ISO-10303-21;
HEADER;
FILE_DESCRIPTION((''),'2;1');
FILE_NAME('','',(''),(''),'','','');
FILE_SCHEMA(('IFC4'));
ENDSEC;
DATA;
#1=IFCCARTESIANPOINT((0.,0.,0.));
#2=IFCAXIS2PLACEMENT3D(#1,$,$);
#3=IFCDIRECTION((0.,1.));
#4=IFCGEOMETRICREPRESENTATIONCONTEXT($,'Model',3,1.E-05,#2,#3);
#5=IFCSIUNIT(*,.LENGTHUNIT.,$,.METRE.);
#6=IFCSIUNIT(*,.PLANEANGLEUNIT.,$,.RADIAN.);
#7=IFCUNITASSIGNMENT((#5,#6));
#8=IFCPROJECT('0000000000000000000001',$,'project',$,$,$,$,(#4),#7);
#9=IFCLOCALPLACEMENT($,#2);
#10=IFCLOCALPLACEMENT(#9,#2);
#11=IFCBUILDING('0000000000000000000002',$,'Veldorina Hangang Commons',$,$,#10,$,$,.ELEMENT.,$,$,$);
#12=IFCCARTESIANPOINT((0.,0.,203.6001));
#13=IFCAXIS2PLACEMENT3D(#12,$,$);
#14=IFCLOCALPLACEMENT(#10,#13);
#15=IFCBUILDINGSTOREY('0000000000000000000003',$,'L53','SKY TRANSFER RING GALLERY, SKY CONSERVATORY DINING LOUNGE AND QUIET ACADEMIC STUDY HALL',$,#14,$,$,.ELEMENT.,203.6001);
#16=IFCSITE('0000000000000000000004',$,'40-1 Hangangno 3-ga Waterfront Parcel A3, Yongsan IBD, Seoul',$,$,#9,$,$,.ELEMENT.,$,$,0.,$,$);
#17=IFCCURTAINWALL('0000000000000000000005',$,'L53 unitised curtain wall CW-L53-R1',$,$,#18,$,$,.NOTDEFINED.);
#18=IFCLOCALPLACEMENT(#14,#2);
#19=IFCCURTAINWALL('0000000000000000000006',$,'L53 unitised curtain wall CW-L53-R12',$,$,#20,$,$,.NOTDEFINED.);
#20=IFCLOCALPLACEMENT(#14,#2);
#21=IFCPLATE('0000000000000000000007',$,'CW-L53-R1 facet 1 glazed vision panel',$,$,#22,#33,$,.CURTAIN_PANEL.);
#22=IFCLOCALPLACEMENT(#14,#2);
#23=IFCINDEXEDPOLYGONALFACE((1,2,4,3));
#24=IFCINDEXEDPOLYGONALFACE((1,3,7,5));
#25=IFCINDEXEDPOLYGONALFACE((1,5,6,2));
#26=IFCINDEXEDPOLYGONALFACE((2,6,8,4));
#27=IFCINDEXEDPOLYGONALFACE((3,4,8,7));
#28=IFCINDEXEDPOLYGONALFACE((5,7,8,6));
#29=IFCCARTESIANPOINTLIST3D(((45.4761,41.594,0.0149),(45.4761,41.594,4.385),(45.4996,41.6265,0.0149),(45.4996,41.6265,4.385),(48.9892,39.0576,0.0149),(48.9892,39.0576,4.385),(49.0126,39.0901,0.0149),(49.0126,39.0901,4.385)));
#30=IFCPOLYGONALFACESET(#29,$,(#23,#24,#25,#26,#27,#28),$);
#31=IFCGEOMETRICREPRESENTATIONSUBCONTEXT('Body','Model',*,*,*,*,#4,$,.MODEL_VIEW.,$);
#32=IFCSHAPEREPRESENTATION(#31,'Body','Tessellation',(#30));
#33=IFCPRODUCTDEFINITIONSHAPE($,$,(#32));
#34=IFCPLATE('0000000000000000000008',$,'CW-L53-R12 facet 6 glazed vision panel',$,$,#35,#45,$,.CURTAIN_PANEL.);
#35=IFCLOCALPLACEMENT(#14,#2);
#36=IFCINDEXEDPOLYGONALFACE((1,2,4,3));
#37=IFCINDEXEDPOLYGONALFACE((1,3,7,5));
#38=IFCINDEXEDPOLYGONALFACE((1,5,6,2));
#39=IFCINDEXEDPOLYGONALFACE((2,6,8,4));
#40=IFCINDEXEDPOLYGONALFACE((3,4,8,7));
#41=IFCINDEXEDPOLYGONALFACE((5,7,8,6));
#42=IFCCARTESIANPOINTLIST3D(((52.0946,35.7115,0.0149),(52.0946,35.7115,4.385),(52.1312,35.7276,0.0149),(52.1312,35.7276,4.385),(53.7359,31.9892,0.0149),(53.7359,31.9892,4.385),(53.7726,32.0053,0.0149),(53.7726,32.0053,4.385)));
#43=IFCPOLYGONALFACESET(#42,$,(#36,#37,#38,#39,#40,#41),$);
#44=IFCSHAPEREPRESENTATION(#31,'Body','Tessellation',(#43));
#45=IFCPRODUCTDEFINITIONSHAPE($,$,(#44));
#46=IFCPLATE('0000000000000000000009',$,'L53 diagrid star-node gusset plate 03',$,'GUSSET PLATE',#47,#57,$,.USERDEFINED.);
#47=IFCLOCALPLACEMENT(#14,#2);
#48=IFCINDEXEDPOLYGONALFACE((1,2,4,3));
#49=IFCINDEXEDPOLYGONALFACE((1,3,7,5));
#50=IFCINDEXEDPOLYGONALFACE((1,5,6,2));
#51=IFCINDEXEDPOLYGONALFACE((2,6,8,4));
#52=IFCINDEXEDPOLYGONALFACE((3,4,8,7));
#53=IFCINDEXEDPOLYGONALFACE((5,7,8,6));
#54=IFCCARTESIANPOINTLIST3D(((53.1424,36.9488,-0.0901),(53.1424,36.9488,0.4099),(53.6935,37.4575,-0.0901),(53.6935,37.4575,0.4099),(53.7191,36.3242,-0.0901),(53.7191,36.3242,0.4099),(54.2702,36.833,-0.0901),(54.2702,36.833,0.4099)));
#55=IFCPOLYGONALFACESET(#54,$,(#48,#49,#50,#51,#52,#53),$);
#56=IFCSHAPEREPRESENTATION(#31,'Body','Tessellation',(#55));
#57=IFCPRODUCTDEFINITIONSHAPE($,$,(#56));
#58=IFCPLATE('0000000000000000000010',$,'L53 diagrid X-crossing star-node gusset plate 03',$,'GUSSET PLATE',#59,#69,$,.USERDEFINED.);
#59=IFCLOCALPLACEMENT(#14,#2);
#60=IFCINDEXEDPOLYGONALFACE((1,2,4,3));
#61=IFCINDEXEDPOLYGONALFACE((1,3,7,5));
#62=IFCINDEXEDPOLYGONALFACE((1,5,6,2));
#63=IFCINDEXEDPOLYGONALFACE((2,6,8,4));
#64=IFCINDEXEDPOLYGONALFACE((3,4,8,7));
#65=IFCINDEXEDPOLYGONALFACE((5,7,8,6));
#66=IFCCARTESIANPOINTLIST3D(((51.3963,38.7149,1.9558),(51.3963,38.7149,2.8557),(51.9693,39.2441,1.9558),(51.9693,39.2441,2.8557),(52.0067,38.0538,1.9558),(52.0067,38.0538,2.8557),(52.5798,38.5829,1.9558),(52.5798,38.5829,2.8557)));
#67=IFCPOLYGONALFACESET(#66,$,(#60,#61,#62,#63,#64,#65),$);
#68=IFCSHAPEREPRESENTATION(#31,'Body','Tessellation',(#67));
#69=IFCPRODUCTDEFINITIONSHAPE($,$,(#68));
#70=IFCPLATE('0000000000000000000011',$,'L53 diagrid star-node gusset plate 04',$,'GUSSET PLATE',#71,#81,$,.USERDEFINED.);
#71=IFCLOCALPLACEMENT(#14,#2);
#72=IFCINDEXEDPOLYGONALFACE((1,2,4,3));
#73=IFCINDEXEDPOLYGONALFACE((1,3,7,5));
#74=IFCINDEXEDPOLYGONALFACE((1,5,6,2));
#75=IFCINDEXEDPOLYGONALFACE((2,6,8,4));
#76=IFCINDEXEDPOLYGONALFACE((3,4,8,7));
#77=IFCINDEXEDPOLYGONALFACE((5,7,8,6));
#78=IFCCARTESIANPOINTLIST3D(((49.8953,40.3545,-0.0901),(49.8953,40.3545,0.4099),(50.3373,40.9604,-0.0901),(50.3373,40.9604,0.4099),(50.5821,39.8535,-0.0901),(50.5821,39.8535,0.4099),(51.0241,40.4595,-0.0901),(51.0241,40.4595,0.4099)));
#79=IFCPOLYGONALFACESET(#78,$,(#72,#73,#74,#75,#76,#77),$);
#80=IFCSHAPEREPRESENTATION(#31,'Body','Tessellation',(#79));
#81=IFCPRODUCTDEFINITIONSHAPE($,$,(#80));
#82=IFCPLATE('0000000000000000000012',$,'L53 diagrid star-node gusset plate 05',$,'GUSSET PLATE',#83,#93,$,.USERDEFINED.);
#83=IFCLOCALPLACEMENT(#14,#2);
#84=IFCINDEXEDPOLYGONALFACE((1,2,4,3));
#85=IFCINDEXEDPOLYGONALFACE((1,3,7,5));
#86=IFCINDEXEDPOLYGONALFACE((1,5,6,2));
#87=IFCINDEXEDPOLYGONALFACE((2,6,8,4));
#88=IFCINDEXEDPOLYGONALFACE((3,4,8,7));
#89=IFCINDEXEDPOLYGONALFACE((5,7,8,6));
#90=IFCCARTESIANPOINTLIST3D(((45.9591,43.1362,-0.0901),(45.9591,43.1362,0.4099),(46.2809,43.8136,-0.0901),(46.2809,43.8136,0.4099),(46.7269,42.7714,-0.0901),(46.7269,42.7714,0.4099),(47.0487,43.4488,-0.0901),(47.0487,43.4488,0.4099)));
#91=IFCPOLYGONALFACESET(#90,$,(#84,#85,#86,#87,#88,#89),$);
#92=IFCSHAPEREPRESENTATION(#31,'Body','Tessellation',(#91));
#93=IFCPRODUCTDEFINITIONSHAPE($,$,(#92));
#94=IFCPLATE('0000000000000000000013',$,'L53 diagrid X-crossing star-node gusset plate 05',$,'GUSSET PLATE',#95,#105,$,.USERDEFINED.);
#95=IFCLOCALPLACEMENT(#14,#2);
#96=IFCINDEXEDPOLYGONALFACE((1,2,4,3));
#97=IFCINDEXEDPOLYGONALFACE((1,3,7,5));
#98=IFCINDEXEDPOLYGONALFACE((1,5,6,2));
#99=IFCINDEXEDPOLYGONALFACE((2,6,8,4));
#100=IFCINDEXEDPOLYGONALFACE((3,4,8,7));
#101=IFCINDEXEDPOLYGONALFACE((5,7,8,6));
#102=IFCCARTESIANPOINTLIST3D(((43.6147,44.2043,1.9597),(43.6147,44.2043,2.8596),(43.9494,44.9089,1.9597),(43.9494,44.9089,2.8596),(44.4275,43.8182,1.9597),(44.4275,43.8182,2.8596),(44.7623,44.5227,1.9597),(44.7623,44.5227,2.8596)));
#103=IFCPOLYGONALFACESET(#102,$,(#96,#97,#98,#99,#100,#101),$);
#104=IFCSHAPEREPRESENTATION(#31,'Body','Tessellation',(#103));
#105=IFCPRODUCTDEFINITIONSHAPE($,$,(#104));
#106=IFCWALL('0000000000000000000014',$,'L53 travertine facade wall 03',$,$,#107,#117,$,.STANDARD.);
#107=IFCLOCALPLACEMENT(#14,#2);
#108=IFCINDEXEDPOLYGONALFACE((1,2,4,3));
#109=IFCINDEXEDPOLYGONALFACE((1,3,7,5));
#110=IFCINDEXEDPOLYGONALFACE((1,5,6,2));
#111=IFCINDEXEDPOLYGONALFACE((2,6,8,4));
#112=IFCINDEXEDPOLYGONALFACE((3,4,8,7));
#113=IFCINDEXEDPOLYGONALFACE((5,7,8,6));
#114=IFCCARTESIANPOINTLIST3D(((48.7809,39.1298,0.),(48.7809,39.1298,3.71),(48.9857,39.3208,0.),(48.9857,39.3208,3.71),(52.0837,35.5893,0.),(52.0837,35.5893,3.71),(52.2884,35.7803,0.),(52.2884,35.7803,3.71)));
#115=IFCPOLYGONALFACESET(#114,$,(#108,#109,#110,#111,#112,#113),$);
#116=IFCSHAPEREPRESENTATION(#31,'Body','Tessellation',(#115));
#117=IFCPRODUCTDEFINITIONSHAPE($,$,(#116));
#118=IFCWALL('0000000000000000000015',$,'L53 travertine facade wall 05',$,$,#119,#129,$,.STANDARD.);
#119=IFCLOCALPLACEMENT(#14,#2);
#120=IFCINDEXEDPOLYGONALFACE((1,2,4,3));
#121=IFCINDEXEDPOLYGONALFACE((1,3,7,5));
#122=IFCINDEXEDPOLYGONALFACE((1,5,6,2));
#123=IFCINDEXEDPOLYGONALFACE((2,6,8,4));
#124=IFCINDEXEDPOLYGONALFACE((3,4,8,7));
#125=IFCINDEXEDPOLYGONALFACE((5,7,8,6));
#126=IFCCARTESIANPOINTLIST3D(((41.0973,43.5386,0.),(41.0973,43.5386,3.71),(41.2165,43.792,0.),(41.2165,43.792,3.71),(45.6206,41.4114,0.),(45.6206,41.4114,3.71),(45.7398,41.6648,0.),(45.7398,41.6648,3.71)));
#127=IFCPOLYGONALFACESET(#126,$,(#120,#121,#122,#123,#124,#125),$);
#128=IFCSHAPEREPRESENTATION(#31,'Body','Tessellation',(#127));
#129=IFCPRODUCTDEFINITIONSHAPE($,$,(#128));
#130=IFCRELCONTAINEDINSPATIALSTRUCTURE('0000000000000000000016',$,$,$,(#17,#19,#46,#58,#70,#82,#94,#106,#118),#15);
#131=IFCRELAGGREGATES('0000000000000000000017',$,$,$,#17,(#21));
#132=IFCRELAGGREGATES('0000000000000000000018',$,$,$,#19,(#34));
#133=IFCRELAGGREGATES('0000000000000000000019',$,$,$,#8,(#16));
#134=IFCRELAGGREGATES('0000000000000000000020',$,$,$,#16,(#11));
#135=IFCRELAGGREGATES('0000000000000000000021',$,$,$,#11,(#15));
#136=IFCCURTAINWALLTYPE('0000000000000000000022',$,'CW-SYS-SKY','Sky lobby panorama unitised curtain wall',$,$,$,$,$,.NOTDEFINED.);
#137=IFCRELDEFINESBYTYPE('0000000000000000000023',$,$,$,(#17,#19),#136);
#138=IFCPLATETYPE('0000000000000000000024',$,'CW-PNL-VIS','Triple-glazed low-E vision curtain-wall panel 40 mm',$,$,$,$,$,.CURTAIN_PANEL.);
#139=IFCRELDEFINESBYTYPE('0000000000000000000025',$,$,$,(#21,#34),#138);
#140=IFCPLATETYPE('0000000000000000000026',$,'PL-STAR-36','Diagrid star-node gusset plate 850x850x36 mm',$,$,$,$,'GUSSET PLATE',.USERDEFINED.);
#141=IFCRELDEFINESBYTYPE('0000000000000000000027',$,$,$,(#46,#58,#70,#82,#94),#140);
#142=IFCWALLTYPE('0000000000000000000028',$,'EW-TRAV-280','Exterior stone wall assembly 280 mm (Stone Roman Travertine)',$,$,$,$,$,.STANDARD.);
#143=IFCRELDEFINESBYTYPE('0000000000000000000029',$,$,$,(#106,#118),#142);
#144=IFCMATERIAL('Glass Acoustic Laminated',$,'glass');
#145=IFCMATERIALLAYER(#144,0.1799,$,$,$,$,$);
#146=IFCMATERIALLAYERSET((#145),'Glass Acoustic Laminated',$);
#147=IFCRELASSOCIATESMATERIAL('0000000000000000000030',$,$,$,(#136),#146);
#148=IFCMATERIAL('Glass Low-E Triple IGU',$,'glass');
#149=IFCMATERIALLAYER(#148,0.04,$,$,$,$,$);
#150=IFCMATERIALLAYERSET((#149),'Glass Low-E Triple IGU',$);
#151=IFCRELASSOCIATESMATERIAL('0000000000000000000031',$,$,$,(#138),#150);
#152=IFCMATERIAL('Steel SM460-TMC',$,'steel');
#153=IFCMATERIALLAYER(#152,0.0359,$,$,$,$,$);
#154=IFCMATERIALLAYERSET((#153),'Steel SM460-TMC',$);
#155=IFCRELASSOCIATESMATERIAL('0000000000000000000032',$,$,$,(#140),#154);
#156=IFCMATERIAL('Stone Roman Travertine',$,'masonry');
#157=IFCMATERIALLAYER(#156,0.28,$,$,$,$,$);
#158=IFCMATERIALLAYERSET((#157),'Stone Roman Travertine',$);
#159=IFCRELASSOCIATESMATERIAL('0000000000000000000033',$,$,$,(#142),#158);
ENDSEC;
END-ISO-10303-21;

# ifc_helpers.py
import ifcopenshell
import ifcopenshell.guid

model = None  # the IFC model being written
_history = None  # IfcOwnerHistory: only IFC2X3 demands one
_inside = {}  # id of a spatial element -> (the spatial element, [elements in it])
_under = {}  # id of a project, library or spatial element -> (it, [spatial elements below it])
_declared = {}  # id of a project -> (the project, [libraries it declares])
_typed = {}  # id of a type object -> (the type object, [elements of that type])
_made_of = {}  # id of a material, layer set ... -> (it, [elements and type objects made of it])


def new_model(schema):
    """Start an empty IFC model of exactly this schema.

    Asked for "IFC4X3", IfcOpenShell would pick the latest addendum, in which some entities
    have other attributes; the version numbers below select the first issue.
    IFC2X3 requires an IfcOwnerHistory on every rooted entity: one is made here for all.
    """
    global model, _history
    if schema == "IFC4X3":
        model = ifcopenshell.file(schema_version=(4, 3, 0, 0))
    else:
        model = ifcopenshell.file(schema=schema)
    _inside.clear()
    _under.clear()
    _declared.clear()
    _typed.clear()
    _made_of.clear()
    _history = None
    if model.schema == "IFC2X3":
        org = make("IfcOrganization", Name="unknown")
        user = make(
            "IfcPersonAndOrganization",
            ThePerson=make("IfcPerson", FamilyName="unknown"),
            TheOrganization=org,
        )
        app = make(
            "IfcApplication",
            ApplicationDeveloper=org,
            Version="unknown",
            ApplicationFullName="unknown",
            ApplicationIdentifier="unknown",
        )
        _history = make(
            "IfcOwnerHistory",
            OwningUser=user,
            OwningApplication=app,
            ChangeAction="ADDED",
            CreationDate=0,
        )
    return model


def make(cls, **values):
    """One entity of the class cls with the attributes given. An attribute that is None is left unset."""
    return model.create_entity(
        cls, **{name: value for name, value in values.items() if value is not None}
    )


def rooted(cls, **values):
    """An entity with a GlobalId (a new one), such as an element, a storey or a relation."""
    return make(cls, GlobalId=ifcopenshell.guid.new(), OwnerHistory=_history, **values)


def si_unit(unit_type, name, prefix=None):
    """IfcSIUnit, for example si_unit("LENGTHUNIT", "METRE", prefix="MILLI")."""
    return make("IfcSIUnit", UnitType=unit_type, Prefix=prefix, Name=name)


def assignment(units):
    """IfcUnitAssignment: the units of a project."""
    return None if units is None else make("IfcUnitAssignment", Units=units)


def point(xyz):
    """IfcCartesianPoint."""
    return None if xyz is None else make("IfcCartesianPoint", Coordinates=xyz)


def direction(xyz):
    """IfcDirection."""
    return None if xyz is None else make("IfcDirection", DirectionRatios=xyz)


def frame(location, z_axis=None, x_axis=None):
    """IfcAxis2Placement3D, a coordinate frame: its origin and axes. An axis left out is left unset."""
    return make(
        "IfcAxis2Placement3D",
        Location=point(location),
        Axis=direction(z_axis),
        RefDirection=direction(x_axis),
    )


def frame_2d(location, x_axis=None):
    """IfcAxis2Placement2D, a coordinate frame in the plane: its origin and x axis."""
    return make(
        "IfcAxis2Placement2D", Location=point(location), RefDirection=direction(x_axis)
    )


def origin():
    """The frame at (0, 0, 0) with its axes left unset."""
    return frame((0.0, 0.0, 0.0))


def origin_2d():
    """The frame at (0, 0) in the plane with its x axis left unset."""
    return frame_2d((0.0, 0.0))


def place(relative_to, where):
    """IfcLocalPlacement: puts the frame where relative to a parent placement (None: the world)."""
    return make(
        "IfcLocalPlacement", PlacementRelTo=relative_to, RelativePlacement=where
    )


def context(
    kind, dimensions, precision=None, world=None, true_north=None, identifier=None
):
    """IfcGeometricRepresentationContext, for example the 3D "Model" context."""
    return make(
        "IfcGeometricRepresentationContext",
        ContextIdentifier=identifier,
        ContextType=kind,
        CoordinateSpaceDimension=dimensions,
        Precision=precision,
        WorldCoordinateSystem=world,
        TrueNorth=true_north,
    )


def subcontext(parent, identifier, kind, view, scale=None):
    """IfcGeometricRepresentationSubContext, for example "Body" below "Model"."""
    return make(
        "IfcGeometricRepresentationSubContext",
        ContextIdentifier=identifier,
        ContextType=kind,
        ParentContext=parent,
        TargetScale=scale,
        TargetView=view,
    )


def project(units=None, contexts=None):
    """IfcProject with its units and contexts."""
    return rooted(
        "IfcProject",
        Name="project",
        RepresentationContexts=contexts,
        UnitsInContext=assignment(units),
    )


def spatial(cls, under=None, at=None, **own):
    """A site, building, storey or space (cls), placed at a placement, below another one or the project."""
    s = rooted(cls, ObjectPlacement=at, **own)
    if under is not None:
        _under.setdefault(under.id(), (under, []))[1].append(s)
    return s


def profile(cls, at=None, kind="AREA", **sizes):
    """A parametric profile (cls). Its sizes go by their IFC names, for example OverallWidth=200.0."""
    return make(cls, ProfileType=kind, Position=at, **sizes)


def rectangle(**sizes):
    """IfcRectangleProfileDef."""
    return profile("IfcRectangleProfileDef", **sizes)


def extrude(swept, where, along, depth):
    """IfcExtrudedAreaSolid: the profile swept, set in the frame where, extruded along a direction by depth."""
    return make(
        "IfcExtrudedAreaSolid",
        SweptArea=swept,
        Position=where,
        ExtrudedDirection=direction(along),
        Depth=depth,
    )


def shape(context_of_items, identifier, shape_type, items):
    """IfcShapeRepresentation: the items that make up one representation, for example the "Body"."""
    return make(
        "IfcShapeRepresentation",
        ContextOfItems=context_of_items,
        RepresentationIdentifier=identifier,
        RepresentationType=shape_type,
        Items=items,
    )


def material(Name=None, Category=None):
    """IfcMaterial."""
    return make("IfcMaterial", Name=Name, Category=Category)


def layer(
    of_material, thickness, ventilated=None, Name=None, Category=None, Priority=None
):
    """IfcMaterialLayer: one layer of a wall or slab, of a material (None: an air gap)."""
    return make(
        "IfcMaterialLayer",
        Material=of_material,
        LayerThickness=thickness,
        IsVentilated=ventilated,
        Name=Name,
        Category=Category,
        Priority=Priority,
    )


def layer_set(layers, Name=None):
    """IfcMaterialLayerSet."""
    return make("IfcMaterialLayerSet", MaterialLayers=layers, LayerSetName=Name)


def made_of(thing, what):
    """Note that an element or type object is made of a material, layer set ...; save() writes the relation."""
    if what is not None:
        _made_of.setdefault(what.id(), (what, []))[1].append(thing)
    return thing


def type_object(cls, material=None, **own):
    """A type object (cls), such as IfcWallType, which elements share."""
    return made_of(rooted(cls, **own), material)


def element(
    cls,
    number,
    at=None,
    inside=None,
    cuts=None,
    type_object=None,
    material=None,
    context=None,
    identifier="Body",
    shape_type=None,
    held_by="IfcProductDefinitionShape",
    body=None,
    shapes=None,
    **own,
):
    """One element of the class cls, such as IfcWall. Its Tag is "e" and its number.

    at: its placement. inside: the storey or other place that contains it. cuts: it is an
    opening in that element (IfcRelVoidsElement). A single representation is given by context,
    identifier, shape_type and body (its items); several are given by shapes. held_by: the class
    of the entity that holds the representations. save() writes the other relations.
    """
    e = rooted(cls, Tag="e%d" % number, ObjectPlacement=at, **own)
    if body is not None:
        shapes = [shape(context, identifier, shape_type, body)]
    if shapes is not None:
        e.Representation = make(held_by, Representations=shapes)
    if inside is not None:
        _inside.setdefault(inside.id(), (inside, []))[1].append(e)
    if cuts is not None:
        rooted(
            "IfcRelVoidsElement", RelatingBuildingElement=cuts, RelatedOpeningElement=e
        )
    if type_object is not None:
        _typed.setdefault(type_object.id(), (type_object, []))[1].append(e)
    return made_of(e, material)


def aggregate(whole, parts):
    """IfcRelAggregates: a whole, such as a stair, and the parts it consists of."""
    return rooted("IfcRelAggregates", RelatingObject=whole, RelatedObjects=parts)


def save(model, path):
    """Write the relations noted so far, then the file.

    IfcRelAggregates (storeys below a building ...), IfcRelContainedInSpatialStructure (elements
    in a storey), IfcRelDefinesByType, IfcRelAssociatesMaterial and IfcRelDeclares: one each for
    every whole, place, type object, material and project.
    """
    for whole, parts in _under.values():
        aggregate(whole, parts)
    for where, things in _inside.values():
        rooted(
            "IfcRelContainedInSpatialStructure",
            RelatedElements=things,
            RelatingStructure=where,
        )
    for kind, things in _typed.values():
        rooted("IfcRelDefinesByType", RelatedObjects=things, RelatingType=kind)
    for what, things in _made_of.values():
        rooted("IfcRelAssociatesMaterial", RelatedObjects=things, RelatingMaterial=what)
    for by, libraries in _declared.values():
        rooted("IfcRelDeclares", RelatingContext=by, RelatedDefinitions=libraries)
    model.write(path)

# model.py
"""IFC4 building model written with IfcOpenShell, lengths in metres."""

from ifc_helpers import new_model, si_unit, direction, frame, frame_2d, origin, origin_2d, place, context, subcontext, project, spatial, rectangle, extrude, material, layer, layer_set, type_object, element, aggregate, save


model = new_model("IFC4")

# Units and contexts
model_context = context("Model", 3, precision=1e-05, world=origin(), true_north=direction((0.0, 1.0)))
body_context = subcontext(model_context, "Body", "Model", "MODEL_VIEW")
ifc_project = project(units=[si_unit("LENGTHUNIT", "METRE"), si_unit("PLANEANGLEUNIT", "RADIAN")], contexts=[model_context])

# Site, building, storey
site_placement = place(None, origin())
site = spatial("IfcSite", under=ifc_project, at=site_placement, Name="40-1 Hangangno 3-ga Waterfront Parcel A3, Yongsan IBD, Seoul", CompositionType="ELEMENT", RefElevation=0.0)
building_placement = place(site_placement, origin())
building = spatial("IfcBuilding", under=site, at=building_placement, Name="Veldorina Hangang Commons", CompositionType="ELEMENT")
storey_placement = place(building_placement, frame((0.0, 0.0, 203.6001)))
storey = spatial("IfcBuildingStorey", under=building, at=storey_placement, Name="L53", Description="SKY TRANSFER RING GALLERY, SKY CONSERVATORY DINING LOUNGE AND QUIET ACADEMIC STUDY HALL", CompositionType="ELEMENT", Elevation=203.6001)

# Curtain wall
ifc_material_1 = material(Name="Glass Acoustic Laminated", Category="glass")
ifc_layer_1 = layer(ifc_material_1, 0.1799)
ifc_layer_set_1 = layer_set([ifc_layer_1], Name="Glass Acoustic Laminated")
curtain_wall_type = type_object("IfcCurtainWallType", Name="CW-SYS-SKY", Description="Sky lobby panorama unitised curtain wall", PredefinedType="NOTDEFINED", material=ifc_layer_set_1)
curtain_wall_1_placement = place(storey_placement, origin())
curtain_wall_1 = element("IfcCurtainWall", 1, at=curtain_wall_1_placement, inside=storey, type_object=curtain_wall_type, Name="L53 unitised curtain wall CW-L53-R1", PredefinedType="NOTDEFINED")

# Curtain wall
curtain_wall_2_placement = place(storey_placement, origin())
curtain_wall_2 = element("IfcCurtainWall", 2, at=curtain_wall_2_placement, inside=storey, type_object=curtain_wall_type, Name="L53 unitised curtain wall CW-L53-R12", PredefinedType="NOTDEFINED")

# Shared definitions
ifc_material_2 = material(Name="Steel SM460-TMC", Category="steel")

# Plates
ifc_material_3 = material(Name="Glass Low-E Triple IGU", Category="glass")
ifc_layer_2 = layer(ifc_material_3, 0.04)
ifc_layer_set_2 = layer_set([ifc_layer_2], Name="Glass Low-E Triple IGU")
plate_type_1 = type_object("IfcPlateType", Name="CW-PNL-VIS", Description="Triple-glazed low-E vision curtain-wall panel 40 mm", PredefinedType="CURTAIN_PANEL", material=ifc_layer_set_2)
plate_1_placement = place(storey_placement, frame((47.2444, 40.342, 0.0149), z_axis=(0.0, 0.0, 1.0), x_axis=(-0.810768, 0.585368, 0.0)))
plate_1 = element("IfcPlate", 3, at=plate_1_placement, type_object=plate_type_1, Name="CW-L53-R1 facet 1 glazed vision panel", PredefinedType="CURTAIN_PANEL", context=body_context, shape_type="SweptSolid", body=[
    extrude(rectangle(XDim=4.333, YDim=0.04, at=origin_2d()), origin(), (0.0, 0.0, 1.0), 4.3701),
])
aggregate(curtain_wall_1, [plate_1])
plate_2_placement = place(storey_placement, frame((52.9336, 33.8584, 0.0149), z_axis=(0.0, 0.0, 1.0), x_axis=(-0.403465, 0.914995, 0.0)))
plate_2 = element("IfcPlate", 4, at=plate_2_placement, type_object=plate_type_1, Name="CW-L53-R12 facet 6 glazed vision panel", PredefinedType="CURTAIN_PANEL", context=body_context, shape_type="SweptSolid", body=[
    extrude(rectangle(XDim=4.0681, YDim=0.04, at=origin_2d()), origin(), (0.0, 0.0, 1.0), 4.3701),
])
aggregate(curtain_wall_2, [plate_2])

# Plates
ifc_layer_3 = layer(ifc_material_2, 0.0359)
ifc_layer_set_3 = layer_set([ifc_layer_3], Name="Steel SM460-TMC")
plate_type_2 = type_object("IfcPlateType", Name="PL-STAR-36", Description="Diagrid star-node gusset plate 850x850x36 mm", ElementType="GUSSET PLATE", PredefinedType="USERDEFINED", material=ifc_layer_set_3)
plate_3_placement = place(storey_placement, frame((53.7063, 36.8909, -0.0901), z_axis=(0.0, 0.0, 1.0), x_axis=(-0.678391, 0.734702, 0.0)))
element("IfcPlate", 5, at=plate_3_placement, inside=storey, type_object=plate_type_2, Name="L53 diagrid star-node gusset plate 03", ObjectType="GUSSET PLATE", PredefinedType="USERDEFINED", context=body_context, shape_type="SweptSolid", body=[
    extrude(rectangle(XDim=0.8501, YDim=0.75, at=origin_2d()), origin(), (0.0, 0.0, 1.0), 0.5),
])
plate_4_placement = place(storey_placement, frame((51.988, 38.6489, 1.9558), z_axis=(0.0, 0.0, 1.0), x_axis=(-0.678391, 0.734702, 0.0)))
element("IfcPlate", 6, at=plate_4_placement, inside=storey, type_object=plate_type_2, Name="L53 diagrid X-crossing star-node gusset plate 03", ObjectType="GUSSET PLATE", PredefinedType="USERDEFINED", context=body_context, shape_type="SweptSolid", body=[
    extrude(rectangle(XDim=0.8999, YDim=0.78, at=origin_2d()), origin(), (0.0, 0.0, 1.0), 0.8999),
])
for number, where, z_axis, x_axis, name in (
    (7, (50.4597, 40.407, -0.0901), (0.0, 0.0, 1.0), (-0.807908, 0.589309, 0.0), "L53 diagrid star-node gusset plate 04"),
    (8, (46.5039, 43.2925, -0.0901), (0.0, 0.0, 1.0), (-0.903253, 0.429109, 0.0), "L53 diagrid star-node gusset plate 05"),
):
    element("IfcPlate", number, at=place(storey_placement, frame(where, z_axis=z_axis, x_axis=x_axis)), inside=storey, type_object=plate_type_2, Name=name, ObjectType="GUSSET PLATE", PredefinedType="USERDEFINED", context=body_context, shape_type="SweptSolid", body=[
        extrude(rectangle(XDim=0.8501, YDim=0.75, at=origin_2d()), origin(), (0.0, 0.0, 1.0), 0.5),
    ])
plate_5_placement = place(storey_placement, frame((44.1885, 44.3635, 1.9597), z_axis=(0.0, 0.0, 1.0), x_axis=(-0.903253, 0.429109, 0.0)))
element("IfcPlate", 9, at=plate_5_placement, inside=storey, type_object=plate_type_2, Name="L53 diagrid X-crossing star-node gusset plate 05", ObjectType="GUSSET PLATE", PredefinedType="USERDEFINED", context=body_context, shape_type="SweptSolid", body=[
    extrude(rectangle(XDim=0.8999, YDim=0.78, at=origin_2d()), origin(), (0.0, 0.0, 1.0), 0.8999),
])

# Walls
ifc_material_4 = material(Name="Stone Roman Travertine", Category="masonry")
ifc_layer_4 = layer(ifc_material_4, 0.28)
ifc_layer_set_4 = layer_set([ifc_layer_4], Name="Stone Roman Travertine")
wall_type = type_object("IfcWallType", Name="EW-TRAV-280", Description="Exterior stone wall assembly 280 mm (Stone Roman Travertine)", PredefinedType="STANDARD", material=ifc_layer_set_4)
wall_1_placement = place(storey_placement, frame((52.186, 35.6848, 0.0), z_axis=(0.0, 0.0, 1.0), x_axis=(-0.682124, 0.731236, 0.0)))
element("IfcWall", 10, at=wall_1_placement, inside=storey, type_object=wall_type, Name="L53 travertine facade wall 03", PredefinedType="STANDARD", context=body_context, shape_type="SweptSolid", body=[
    extrude(rectangle(XDim=4.8418, YDim=0.28, at=frame_2d((2.4209, 0.0))), origin(), (0.0, 0.0, 1.0), 3.71),
])
wall_2_placement = place(storey_placement, frame((45.6802, 41.5381, 0.0), z_axis=(0.0, 0.0, 1.0), x_axis=(-0.904924, 0.425574, 0.0)))
element("IfcWall", 11, at=wall_2_placement, inside=storey, type_object=wall_type, Name="L53 travertine facade wall 05", PredefinedType="STANDARD", context=body_context, shape_type="SweptSolid", body=[
    extrude(rectangle(XDim=4.9985, YDim=0.28, at=frame_2d((2.4993, 0.0))), origin(), (0.0, 0.0, 1.0), 3.71),
])

save(model, "model.ifc")
